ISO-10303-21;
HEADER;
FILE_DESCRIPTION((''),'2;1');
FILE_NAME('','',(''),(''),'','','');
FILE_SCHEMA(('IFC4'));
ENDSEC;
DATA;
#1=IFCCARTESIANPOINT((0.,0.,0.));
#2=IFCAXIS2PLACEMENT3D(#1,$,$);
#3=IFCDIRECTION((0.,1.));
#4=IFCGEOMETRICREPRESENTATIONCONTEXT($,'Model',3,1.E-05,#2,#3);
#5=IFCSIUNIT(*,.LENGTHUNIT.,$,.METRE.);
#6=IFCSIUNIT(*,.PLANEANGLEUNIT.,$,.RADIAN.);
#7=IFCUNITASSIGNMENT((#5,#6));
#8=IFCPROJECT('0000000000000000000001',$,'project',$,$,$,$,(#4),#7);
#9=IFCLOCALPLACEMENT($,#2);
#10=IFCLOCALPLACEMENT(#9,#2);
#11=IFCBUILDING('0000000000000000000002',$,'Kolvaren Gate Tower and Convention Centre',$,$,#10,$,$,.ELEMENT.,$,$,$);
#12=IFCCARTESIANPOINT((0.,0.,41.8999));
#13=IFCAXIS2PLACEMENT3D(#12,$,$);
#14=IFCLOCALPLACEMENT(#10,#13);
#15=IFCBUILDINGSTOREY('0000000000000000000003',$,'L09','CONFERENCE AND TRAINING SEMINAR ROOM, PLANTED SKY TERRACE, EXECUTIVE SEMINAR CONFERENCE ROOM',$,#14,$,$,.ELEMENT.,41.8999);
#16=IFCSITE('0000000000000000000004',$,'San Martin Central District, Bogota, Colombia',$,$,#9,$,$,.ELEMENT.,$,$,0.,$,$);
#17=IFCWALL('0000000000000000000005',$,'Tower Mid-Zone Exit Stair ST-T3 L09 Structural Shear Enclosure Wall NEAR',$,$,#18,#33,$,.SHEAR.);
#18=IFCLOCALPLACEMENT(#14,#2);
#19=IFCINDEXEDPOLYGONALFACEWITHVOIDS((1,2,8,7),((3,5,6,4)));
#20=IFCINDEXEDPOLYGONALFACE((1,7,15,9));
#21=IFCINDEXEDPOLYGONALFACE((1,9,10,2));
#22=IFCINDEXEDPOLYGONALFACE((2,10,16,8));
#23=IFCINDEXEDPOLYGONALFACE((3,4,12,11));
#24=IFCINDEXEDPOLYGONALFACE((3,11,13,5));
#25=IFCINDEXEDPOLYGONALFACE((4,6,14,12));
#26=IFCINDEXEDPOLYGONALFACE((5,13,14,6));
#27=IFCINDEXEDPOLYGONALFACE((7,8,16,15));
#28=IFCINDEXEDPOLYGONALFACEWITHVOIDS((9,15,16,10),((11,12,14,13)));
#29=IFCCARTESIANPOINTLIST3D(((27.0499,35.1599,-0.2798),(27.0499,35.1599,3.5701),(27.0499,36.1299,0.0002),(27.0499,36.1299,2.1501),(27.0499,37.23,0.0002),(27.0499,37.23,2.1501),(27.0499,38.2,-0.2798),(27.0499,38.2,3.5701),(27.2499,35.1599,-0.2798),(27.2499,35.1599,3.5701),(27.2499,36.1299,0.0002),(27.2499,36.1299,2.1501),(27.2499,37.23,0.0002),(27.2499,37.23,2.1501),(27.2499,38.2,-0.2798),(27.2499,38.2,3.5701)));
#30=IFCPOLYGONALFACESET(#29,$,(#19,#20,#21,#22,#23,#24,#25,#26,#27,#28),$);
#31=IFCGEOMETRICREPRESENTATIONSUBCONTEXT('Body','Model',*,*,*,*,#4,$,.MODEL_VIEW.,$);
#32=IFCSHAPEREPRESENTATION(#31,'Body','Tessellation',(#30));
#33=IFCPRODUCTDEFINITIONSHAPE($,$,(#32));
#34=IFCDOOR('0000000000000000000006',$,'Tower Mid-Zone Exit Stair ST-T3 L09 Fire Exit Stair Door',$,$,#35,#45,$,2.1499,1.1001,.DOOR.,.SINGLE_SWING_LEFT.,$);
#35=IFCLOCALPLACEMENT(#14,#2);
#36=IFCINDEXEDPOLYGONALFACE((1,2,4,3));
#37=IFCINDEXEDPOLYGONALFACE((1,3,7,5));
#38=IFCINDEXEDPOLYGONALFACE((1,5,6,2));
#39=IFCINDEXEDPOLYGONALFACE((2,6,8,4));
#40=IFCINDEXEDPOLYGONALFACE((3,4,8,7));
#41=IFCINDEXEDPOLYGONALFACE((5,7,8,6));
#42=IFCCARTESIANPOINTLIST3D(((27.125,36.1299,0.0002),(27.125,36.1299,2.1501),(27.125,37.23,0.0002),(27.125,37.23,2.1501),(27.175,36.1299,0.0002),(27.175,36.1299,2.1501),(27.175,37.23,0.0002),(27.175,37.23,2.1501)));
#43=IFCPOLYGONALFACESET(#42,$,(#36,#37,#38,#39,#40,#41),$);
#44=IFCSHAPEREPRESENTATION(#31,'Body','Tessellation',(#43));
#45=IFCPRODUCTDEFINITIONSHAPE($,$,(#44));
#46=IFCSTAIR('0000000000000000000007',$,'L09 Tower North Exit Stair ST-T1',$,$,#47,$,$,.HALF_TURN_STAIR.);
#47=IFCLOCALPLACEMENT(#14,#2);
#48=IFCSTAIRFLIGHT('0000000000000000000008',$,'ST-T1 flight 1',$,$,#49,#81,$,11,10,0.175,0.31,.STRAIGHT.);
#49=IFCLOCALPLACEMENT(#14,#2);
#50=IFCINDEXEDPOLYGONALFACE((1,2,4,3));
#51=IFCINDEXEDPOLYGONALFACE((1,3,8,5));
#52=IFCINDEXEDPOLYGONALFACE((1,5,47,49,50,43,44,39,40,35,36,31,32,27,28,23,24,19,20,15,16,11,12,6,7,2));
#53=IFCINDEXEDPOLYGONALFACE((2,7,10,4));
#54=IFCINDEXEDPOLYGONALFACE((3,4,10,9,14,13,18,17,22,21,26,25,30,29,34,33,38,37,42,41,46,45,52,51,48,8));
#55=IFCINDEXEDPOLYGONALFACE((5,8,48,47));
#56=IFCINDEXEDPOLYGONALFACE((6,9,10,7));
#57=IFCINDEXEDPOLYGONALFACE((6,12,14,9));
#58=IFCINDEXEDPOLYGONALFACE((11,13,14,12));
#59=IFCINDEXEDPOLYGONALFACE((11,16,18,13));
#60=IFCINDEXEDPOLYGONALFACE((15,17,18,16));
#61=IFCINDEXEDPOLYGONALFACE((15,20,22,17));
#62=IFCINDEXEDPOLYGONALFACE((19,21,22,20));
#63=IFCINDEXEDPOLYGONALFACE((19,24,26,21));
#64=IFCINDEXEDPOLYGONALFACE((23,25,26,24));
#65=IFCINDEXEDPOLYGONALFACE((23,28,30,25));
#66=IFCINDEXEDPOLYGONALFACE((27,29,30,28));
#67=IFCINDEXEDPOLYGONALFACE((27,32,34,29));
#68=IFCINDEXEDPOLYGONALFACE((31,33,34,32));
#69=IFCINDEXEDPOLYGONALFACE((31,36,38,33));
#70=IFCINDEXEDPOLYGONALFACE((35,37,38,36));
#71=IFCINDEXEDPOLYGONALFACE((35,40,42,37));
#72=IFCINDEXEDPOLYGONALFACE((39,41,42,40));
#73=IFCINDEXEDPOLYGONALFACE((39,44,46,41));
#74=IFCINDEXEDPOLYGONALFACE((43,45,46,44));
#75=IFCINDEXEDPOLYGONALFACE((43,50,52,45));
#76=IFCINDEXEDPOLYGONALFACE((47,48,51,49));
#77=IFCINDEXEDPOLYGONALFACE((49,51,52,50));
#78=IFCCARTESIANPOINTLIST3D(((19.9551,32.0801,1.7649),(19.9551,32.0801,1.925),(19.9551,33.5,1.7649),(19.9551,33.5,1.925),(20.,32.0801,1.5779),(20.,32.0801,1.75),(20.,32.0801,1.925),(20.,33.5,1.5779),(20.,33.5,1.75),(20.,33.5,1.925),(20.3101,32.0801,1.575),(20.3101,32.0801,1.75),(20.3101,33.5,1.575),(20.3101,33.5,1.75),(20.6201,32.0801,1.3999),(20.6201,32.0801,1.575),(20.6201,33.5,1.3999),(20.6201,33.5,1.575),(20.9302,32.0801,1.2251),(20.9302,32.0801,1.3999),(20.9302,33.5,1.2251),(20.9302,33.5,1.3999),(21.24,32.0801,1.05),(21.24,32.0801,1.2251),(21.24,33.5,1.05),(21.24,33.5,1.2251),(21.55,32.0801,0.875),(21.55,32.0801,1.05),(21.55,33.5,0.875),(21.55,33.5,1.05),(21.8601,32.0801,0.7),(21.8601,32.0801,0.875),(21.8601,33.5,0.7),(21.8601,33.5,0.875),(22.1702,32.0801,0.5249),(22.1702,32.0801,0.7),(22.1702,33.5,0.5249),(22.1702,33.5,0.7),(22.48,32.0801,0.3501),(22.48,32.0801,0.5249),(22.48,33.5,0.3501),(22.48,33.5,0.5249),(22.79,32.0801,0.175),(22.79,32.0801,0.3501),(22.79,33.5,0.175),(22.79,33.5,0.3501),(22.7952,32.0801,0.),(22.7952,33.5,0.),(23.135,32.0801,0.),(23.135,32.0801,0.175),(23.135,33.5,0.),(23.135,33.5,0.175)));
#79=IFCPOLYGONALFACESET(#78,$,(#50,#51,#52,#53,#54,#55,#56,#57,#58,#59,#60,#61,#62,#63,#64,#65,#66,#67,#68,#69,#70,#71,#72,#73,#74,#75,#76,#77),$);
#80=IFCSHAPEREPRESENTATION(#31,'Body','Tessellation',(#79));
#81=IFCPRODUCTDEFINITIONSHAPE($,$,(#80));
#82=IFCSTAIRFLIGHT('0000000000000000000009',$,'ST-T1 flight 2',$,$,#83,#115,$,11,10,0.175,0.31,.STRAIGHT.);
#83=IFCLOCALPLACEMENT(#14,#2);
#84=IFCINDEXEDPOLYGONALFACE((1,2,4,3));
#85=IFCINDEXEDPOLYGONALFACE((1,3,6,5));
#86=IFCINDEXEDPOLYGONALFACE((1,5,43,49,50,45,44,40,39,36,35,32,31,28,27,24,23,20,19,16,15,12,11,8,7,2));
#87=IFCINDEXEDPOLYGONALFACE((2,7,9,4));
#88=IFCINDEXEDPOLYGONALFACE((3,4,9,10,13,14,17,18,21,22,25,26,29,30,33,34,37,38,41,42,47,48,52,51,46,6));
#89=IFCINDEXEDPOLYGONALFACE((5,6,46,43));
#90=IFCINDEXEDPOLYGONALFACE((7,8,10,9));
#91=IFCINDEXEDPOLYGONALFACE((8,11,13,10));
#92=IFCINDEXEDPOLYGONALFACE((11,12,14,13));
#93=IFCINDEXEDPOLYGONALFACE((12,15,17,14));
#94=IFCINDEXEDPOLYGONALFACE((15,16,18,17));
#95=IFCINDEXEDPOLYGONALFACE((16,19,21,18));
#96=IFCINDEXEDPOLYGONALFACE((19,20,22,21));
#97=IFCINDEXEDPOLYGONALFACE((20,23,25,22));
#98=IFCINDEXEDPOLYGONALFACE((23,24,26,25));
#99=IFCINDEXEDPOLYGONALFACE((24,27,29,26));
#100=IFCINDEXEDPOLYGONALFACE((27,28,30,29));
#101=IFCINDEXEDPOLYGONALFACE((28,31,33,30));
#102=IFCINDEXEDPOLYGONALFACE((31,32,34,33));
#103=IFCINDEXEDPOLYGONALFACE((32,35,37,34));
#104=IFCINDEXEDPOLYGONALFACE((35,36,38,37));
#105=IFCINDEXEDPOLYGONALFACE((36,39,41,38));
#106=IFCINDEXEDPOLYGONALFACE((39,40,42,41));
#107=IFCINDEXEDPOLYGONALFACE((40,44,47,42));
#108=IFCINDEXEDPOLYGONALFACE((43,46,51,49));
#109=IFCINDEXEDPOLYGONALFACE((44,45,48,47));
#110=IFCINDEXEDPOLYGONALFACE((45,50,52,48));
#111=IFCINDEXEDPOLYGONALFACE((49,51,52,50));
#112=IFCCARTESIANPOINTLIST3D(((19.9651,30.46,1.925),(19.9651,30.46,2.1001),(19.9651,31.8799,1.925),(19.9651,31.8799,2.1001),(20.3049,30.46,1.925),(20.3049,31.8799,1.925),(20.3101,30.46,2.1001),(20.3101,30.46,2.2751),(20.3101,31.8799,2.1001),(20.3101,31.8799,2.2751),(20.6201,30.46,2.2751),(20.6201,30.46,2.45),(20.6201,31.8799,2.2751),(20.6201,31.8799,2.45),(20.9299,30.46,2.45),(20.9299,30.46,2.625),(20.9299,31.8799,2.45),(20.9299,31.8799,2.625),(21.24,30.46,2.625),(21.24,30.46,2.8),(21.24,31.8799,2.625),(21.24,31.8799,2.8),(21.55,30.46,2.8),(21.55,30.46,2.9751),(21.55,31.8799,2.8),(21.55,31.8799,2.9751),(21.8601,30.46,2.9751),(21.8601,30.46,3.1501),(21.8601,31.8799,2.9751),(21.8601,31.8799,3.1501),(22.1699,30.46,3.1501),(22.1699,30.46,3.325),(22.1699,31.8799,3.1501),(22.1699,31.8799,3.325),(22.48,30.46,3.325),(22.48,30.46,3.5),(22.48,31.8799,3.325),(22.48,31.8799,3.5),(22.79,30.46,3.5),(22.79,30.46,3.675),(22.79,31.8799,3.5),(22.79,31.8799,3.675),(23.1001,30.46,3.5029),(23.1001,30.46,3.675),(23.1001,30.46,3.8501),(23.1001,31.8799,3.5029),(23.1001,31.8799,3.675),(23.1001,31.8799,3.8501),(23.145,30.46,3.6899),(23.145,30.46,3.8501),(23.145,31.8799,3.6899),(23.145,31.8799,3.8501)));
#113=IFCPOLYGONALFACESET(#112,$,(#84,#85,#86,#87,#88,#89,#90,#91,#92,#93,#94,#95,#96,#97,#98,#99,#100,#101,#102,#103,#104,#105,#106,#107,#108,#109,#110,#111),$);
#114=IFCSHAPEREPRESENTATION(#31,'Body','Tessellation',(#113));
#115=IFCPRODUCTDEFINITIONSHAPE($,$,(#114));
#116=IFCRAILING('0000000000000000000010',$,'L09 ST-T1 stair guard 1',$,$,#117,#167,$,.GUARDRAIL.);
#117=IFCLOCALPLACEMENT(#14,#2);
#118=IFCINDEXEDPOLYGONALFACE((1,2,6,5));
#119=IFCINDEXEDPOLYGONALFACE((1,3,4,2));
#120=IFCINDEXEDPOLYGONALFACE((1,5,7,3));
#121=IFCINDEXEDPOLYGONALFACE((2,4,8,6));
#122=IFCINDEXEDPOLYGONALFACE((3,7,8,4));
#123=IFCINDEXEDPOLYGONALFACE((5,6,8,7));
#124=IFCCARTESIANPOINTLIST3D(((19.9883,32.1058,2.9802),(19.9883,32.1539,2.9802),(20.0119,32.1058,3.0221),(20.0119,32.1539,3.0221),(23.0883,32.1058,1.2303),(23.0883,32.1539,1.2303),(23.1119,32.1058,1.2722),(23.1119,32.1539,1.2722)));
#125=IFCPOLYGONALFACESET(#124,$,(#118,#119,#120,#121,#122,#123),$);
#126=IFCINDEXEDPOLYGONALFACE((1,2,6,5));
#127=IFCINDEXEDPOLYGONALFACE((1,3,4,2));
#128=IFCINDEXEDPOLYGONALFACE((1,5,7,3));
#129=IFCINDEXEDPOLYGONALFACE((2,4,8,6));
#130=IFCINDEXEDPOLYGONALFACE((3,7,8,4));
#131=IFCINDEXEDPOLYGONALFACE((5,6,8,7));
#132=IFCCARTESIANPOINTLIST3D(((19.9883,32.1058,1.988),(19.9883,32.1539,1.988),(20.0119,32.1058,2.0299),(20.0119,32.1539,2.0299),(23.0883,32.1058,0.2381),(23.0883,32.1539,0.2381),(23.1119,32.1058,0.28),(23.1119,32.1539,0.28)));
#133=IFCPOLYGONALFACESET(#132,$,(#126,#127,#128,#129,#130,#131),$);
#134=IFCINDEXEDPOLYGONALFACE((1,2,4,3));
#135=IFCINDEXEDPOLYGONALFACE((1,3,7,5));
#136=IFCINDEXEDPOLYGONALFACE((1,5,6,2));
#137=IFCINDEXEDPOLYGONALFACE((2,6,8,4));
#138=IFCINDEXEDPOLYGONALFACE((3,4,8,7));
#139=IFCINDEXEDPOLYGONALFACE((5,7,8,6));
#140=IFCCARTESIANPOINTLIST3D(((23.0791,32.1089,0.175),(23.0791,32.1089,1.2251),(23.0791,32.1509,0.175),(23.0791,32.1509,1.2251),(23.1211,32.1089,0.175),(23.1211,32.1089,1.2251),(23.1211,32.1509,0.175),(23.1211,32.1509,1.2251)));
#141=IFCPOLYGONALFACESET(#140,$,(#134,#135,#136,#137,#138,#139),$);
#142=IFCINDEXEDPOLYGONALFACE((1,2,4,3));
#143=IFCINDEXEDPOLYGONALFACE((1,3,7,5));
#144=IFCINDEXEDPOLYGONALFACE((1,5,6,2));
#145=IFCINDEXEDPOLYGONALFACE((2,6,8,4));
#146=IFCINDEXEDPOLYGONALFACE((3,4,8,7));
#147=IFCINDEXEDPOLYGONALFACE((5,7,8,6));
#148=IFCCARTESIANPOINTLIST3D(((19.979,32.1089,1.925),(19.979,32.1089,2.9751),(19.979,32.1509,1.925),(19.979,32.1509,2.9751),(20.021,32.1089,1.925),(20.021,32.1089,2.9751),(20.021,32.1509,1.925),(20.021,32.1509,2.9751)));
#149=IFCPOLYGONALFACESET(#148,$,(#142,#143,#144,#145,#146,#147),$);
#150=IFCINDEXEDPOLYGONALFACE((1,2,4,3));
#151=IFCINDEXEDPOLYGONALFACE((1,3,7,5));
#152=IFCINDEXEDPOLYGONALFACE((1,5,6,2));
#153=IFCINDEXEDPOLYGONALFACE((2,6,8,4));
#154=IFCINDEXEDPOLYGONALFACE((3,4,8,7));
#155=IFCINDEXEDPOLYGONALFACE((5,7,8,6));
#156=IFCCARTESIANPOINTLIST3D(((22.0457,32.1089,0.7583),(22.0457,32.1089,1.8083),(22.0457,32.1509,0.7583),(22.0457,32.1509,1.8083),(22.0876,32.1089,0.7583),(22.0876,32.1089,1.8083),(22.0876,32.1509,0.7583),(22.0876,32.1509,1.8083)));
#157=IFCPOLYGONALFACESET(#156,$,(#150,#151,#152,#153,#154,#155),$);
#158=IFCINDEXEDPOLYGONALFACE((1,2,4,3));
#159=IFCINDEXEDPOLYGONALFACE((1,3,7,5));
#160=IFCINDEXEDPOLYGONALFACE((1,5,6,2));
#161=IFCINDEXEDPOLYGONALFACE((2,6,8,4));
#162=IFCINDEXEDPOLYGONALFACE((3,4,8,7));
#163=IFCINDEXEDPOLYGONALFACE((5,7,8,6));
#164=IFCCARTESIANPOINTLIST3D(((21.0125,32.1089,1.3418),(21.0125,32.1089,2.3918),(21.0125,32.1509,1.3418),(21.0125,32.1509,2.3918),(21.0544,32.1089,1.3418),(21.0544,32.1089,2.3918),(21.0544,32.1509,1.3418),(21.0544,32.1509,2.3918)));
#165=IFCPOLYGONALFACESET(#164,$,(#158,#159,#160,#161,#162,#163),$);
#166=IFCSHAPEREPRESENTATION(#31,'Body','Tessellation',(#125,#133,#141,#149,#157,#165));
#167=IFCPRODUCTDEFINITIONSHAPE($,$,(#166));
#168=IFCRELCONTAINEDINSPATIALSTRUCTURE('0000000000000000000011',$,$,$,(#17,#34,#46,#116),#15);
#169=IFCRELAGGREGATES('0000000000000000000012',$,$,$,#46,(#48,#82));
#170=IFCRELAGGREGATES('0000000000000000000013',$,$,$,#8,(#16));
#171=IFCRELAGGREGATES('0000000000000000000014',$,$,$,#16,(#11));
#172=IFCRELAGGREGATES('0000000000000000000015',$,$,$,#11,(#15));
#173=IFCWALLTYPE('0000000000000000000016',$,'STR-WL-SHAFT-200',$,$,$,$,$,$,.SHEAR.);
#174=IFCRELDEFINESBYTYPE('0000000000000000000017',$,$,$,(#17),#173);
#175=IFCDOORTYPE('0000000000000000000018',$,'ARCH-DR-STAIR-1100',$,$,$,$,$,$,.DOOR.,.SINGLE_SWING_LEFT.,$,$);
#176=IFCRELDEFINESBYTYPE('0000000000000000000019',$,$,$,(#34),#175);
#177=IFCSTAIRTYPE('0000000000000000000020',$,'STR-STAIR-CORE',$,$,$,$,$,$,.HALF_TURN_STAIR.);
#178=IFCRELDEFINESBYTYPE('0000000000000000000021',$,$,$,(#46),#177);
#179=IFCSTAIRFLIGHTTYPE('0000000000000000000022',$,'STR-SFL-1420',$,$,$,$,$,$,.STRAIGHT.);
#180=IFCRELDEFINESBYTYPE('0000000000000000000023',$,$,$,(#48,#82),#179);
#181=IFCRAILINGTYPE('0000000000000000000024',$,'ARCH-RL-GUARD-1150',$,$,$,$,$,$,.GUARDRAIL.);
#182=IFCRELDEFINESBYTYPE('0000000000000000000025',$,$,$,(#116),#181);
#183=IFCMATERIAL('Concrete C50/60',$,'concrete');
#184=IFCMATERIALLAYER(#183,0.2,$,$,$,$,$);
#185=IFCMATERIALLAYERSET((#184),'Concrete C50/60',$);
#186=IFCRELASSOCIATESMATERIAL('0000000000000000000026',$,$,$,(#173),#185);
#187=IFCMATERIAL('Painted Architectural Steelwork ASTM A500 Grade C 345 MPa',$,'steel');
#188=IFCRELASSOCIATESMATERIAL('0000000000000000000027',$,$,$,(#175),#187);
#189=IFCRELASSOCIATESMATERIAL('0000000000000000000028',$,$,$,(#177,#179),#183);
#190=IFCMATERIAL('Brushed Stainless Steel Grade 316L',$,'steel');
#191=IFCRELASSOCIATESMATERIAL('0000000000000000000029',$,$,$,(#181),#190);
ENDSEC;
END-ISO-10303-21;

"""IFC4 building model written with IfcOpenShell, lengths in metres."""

from ifc_helpers import new_model, si_unit, direction, frame, frame_2d, origin, origin_2d, place, context, subcontext, project, spatial, polyline, rectangle, outline, extrude, material, layer, layer_set, type_object, element, fill, aggregate, save


model = new_model("IFC4")

# Units and contexts
model_context = context("Model", 3, precision=1e-05, world=origin(), true_north=direction((0.0, 1.0)))
body_context = subcontext(model_context, "Body", "Model", "MODEL_VIEW")
ifc_project = project(units=[si_unit("LENGTHUNIT", "METRE"), si_unit("PLANEANGLEUNIT", "RADIAN")], contexts=[model_context])

# Site, building, storey
site_placement = place(None, origin())
site = spatial("IfcSite", under=ifc_project, at=site_placement, Name="San Martin Central District, Bogota, Colombia", CompositionType="ELEMENT", RefElevation=0.0)
building_placement = place(site_placement, origin())
building = spatial("IfcBuilding", under=site, at=building_placement, Name="Kolvaren Gate Tower and Convention Centre", CompositionType="ELEMENT")
storey_placement = place(building_placement, frame((0.0, 0.0, 41.8999)))
storey = spatial("IfcBuildingStorey", under=building, at=storey_placement, Name="L09", Description="CONFERENCE AND TRAINING SEMINAR ROOM, PLANTED SKY TERRACE, EXECUTIVE SEMINAR CONFERENCE ROOM", CompositionType="ELEMENT", Elevation=41.8999)

# Shared definitions
ifc_material_1 = material(Name="Brushed Stainless Steel Grade 316L", Category="steel")

# Wall, opening, door
ifc_material_2 = material(Name="Concrete C50/60", Category="concrete")
ifc_layer_1 = layer(ifc_material_2, 0.2)
ifc_layer_set_1 = layer_set([ifc_layer_1], Name="Concrete C50/60")
wall_type_1 = type_object("IfcWallType", Name="STR-WL-SHAFT-200", PredefinedType="SHEAR", material=ifc_layer_set_1)
ifc_material_3 = material(Name="Painted Architectural Steelwork ASTM A500 Grade C 345 MPa", Category="steel")
door_type_1 = type_object("IfcDoorType", Name="ARCH-DR-STAIR-1100", OperationType="SINGLE_SWING_LEFT", PredefinedType="DOOR", material=ifc_material_3)
wall_1_placement = place(storey_placement, frame((27.1499, 35.1599, -0.2798), z_axis=(0.0, 0.0, 1.0), x_axis=(0.0, 1.0, 0.0)))
wall_1 = element("IfcWall", 1, at=wall_1_placement, inside=storey, type_object=wall_type_1, Name="Tower Mid-Zone Exit Stair ST-T3 L09 Structural Shear Enclosure Wall NEAR", PredefinedType="SHEAR", context=body_context, shape_type="SweptSolid", body=[
    extrude(rectangle(XDim=3.04, YDim=0.2, at=frame_2d((1.52, 0.0))), origin(), (0.0, 0.0, 1.0), 3.8499),
])
opening_1_placement = place(wall_1_placement, frame((0.97, 0.0, 0.28)))
opening_1 = element("IfcOpeningElement", 2, at=opening_1_placement, cuts=wall_1, PredefinedType="OPENING", context=body_context, shape_type="SweptSolid", body=[
    extrude(rectangle(XDim=1.1001, YDim=2.1499, at=frame_2d((0.55, 1.075))), frame((0.0, 0.1099, 0.0), z_axis=(0.0, -1.0, 0.0), x_axis=(1.0, 0.0, 0.0)), (0.0, 0.0, 1.0), 0.22),
])
door_1_placement = place(opening_1_placement, origin())
door_1 = element("IfcDoor", 3, at=door_1_placement, inside=storey, type_object=door_type_1, Name="Tower Mid-Zone Exit Stair ST-T3 L09 Fire Exit Stair Door", OperationType="SINGLE_SWING_LEFT", OverallHeight=2.1499, OverallWidth=1.1001, PredefinedType="DOOR", context=body_context, shape_type="SweptSolid", body=[
    extrude(rectangle(XDim=1.1001, YDim=2.1499, at=frame_2d((0.55, 1.075))), frame((0.0, 0.0249, 0.0), z_axis=(0.0, -1.0, 0.0), x_axis=(1.0, 0.0, 0.0)), (0.0, 0.0, 1.0), 0.05),
])
fill(opening_1, door_1)

# Stair, stair flights
stair_type = type_object("IfcStairType", Name="STR-STAIR-CORE", PredefinedType="HALF_TURN_STAIR", material=ifc_material_2)
stair_placement = place(storey_placement, origin())
stair = element("IfcStair", 4, at=stair_placement, inside=storey, type_object=stair_type, Name="L09 Tower North Exit Stair ST-T1", PredefinedType="HALF_TURN_STAIR")
stair_flight_type = type_object("IfcStairFlightType", Name="STR-SFL-1420", PredefinedType="STRAIGHT", material=ifc_material_2)
stair_flight_1_placement = place(storey_placement, frame((23.1001, 32.79, 0.0), z_axis=(0.0, 0.0, 1.0), x_axis=(-1.0, 0.0, 0.0)))
stair_flight_1 = element("IfcStairFlight", 5, at=stair_flight_1_placement, type_object=stair_flight_type, Name="ST-T1 flight 1", NumberOfRisers=11, NumberOfTreads=10, PredefinedType="STRAIGHT", RiserHeight=0.175, TreadLength=0.31, context=body_context, shape_type="SweptSolid", body=[
    extrude(outline(polyline([(-0.0349, 0.0), (-0.0349, 0.175), (0.3101, 0.175), (0.3101, 0.3501), (0.6201, 0.3501), (0.6201, 0.5249), (0.9299, 0.5249), (0.9299, 0.7), (1.24, 0.7), (1.24, 0.875), (1.55, 0.875), (1.55, 1.05), (1.8601, 1.05), (1.8601, 1.2251), (2.1699, 1.2251), (2.1699, 1.3999), (2.48, 1.3999), (2.48, 1.575), (2.79, 1.575), (2.79, 1.75), (3.1001, 1.75), (3.1001, 1.925), (3.145, 1.925), (3.145, 1.7649), (3.1001, 1.5779), (0.3049, 0.0), (-0.0349, 0.0)])), frame((0.0, 0.71, 0.0), z_axis=(0.0, -1.0, 0.0), x_axis=(1.0, 0.0, 0.0)), (0.0, 0.0, 1.0), 1.4199),
])
stair_flight_2_placement = place(storey_placement, frame((20.0, 31.1699, 1.925), z_axis=(0.0, 0.0, 1.0), x_axis=(1.0, 0.0, 0.0)))
stair_flight_2 = element("IfcStairFlight", 6, at=stair_flight_2_placement, type_object=stair_flight_type, Name="ST-T1 flight 2", NumberOfRisers=11, NumberOfTreads=10, PredefinedType="STRAIGHT", RiserHeight=0.175, TreadLength=0.31, context=body_context, shape_type="SweptSolid", body=[
    extrude(outline(polyline([(-0.0349, 0.0), (-0.0349, 0.175), (0.3101, 0.175), (0.3101, 0.3501), (0.6201, 0.3501), (0.6201, 0.5249), (0.9299, 0.5249), (0.9299, 0.7), (1.24, 0.7), (1.24, 0.875), (1.55, 0.875), (1.55, 1.05), (1.8601, 1.05), (1.8601, 1.2251), (2.1699, 1.2251), (2.1699, 1.3999), (2.48, 1.3999), (2.48, 1.575), (2.79, 1.575), (2.79, 1.75), (3.1001, 1.75), (3.1001, 1.925), (3.145, 1.925), (3.145, 1.7649), (3.1001, 1.5779), (0.3049, 0.0), (-0.0349, 0.0)])), frame((0.0, 0.71, 0.0), z_axis=(0.0, -1.0, 0.0), x_axis=(1.0, 0.0, 0.0)), (0.0, 0.0, 1.0), 1.4199),
])
aggregate(stair, [stair_flight_1, stair_flight_2])

# Railing
railing_type_1 = type_object("IfcRailingType", Name="ARCH-RL-GUARD-1150", PredefinedType="GUARDRAIL", material=ifc_material_1)
railing_1_placement = place(storey_placement, frame((23.1001, 32.1299, 0.175)))
element("IfcRailing", 7, at=railing_1_placement, inside=storey, type_object=railing_type_1, Name="L09 ST-T1 stair guard 1", PredefinedType="GUARDRAIL", context=body_context, shape_type="SweptSolid", body=[
    extrude(rectangle(XDim=0.0481, YDim=0.0481, at=origin_2d()), frame((0.0, 0.0, 1.0762), z_axis=(-0.870831, 0.0, 0.491583), x_axis=(0.0, -1.0, 0.0)), (0.0, 0.0, 1.0), 3.5598),
    extrude(rectangle(XDim=0.0481, YDim=0.0481, at=origin_2d()), frame((0.0, 0.0, 0.084), z_axis=(-0.870831, 0.0, 0.491583), x_axis=(0.0, -1.0, 0.0)), (0.0, 0.0, 1.0), 3.5598),
    extrude(rectangle(XDim=0.042, YDim=0.042, at=origin_2d()), origin(), (0.0, 0.0, 1.0), 1.05),
    extrude(rectangle(XDim=0.042, YDim=0.042, at=origin_2d()), frame((-3.1001, 0.0, 1.75)), (0.0, 0.0, 1.0), 1.05),
    extrude(rectangle(XDim=0.042, YDim=0.042, at=origin_2d()), frame((-1.0334, 0.0, 0.5833)), (0.0, 0.0, 1.0), 1.05),
    extrude(rectangle(XDim=0.042, YDim=0.042, at=origin_2d()), frame((-2.0667, 0.0, 1.1667)), (0.0, 0.0, 1.0), 1.05),
])

save(model, "model.ifc")
